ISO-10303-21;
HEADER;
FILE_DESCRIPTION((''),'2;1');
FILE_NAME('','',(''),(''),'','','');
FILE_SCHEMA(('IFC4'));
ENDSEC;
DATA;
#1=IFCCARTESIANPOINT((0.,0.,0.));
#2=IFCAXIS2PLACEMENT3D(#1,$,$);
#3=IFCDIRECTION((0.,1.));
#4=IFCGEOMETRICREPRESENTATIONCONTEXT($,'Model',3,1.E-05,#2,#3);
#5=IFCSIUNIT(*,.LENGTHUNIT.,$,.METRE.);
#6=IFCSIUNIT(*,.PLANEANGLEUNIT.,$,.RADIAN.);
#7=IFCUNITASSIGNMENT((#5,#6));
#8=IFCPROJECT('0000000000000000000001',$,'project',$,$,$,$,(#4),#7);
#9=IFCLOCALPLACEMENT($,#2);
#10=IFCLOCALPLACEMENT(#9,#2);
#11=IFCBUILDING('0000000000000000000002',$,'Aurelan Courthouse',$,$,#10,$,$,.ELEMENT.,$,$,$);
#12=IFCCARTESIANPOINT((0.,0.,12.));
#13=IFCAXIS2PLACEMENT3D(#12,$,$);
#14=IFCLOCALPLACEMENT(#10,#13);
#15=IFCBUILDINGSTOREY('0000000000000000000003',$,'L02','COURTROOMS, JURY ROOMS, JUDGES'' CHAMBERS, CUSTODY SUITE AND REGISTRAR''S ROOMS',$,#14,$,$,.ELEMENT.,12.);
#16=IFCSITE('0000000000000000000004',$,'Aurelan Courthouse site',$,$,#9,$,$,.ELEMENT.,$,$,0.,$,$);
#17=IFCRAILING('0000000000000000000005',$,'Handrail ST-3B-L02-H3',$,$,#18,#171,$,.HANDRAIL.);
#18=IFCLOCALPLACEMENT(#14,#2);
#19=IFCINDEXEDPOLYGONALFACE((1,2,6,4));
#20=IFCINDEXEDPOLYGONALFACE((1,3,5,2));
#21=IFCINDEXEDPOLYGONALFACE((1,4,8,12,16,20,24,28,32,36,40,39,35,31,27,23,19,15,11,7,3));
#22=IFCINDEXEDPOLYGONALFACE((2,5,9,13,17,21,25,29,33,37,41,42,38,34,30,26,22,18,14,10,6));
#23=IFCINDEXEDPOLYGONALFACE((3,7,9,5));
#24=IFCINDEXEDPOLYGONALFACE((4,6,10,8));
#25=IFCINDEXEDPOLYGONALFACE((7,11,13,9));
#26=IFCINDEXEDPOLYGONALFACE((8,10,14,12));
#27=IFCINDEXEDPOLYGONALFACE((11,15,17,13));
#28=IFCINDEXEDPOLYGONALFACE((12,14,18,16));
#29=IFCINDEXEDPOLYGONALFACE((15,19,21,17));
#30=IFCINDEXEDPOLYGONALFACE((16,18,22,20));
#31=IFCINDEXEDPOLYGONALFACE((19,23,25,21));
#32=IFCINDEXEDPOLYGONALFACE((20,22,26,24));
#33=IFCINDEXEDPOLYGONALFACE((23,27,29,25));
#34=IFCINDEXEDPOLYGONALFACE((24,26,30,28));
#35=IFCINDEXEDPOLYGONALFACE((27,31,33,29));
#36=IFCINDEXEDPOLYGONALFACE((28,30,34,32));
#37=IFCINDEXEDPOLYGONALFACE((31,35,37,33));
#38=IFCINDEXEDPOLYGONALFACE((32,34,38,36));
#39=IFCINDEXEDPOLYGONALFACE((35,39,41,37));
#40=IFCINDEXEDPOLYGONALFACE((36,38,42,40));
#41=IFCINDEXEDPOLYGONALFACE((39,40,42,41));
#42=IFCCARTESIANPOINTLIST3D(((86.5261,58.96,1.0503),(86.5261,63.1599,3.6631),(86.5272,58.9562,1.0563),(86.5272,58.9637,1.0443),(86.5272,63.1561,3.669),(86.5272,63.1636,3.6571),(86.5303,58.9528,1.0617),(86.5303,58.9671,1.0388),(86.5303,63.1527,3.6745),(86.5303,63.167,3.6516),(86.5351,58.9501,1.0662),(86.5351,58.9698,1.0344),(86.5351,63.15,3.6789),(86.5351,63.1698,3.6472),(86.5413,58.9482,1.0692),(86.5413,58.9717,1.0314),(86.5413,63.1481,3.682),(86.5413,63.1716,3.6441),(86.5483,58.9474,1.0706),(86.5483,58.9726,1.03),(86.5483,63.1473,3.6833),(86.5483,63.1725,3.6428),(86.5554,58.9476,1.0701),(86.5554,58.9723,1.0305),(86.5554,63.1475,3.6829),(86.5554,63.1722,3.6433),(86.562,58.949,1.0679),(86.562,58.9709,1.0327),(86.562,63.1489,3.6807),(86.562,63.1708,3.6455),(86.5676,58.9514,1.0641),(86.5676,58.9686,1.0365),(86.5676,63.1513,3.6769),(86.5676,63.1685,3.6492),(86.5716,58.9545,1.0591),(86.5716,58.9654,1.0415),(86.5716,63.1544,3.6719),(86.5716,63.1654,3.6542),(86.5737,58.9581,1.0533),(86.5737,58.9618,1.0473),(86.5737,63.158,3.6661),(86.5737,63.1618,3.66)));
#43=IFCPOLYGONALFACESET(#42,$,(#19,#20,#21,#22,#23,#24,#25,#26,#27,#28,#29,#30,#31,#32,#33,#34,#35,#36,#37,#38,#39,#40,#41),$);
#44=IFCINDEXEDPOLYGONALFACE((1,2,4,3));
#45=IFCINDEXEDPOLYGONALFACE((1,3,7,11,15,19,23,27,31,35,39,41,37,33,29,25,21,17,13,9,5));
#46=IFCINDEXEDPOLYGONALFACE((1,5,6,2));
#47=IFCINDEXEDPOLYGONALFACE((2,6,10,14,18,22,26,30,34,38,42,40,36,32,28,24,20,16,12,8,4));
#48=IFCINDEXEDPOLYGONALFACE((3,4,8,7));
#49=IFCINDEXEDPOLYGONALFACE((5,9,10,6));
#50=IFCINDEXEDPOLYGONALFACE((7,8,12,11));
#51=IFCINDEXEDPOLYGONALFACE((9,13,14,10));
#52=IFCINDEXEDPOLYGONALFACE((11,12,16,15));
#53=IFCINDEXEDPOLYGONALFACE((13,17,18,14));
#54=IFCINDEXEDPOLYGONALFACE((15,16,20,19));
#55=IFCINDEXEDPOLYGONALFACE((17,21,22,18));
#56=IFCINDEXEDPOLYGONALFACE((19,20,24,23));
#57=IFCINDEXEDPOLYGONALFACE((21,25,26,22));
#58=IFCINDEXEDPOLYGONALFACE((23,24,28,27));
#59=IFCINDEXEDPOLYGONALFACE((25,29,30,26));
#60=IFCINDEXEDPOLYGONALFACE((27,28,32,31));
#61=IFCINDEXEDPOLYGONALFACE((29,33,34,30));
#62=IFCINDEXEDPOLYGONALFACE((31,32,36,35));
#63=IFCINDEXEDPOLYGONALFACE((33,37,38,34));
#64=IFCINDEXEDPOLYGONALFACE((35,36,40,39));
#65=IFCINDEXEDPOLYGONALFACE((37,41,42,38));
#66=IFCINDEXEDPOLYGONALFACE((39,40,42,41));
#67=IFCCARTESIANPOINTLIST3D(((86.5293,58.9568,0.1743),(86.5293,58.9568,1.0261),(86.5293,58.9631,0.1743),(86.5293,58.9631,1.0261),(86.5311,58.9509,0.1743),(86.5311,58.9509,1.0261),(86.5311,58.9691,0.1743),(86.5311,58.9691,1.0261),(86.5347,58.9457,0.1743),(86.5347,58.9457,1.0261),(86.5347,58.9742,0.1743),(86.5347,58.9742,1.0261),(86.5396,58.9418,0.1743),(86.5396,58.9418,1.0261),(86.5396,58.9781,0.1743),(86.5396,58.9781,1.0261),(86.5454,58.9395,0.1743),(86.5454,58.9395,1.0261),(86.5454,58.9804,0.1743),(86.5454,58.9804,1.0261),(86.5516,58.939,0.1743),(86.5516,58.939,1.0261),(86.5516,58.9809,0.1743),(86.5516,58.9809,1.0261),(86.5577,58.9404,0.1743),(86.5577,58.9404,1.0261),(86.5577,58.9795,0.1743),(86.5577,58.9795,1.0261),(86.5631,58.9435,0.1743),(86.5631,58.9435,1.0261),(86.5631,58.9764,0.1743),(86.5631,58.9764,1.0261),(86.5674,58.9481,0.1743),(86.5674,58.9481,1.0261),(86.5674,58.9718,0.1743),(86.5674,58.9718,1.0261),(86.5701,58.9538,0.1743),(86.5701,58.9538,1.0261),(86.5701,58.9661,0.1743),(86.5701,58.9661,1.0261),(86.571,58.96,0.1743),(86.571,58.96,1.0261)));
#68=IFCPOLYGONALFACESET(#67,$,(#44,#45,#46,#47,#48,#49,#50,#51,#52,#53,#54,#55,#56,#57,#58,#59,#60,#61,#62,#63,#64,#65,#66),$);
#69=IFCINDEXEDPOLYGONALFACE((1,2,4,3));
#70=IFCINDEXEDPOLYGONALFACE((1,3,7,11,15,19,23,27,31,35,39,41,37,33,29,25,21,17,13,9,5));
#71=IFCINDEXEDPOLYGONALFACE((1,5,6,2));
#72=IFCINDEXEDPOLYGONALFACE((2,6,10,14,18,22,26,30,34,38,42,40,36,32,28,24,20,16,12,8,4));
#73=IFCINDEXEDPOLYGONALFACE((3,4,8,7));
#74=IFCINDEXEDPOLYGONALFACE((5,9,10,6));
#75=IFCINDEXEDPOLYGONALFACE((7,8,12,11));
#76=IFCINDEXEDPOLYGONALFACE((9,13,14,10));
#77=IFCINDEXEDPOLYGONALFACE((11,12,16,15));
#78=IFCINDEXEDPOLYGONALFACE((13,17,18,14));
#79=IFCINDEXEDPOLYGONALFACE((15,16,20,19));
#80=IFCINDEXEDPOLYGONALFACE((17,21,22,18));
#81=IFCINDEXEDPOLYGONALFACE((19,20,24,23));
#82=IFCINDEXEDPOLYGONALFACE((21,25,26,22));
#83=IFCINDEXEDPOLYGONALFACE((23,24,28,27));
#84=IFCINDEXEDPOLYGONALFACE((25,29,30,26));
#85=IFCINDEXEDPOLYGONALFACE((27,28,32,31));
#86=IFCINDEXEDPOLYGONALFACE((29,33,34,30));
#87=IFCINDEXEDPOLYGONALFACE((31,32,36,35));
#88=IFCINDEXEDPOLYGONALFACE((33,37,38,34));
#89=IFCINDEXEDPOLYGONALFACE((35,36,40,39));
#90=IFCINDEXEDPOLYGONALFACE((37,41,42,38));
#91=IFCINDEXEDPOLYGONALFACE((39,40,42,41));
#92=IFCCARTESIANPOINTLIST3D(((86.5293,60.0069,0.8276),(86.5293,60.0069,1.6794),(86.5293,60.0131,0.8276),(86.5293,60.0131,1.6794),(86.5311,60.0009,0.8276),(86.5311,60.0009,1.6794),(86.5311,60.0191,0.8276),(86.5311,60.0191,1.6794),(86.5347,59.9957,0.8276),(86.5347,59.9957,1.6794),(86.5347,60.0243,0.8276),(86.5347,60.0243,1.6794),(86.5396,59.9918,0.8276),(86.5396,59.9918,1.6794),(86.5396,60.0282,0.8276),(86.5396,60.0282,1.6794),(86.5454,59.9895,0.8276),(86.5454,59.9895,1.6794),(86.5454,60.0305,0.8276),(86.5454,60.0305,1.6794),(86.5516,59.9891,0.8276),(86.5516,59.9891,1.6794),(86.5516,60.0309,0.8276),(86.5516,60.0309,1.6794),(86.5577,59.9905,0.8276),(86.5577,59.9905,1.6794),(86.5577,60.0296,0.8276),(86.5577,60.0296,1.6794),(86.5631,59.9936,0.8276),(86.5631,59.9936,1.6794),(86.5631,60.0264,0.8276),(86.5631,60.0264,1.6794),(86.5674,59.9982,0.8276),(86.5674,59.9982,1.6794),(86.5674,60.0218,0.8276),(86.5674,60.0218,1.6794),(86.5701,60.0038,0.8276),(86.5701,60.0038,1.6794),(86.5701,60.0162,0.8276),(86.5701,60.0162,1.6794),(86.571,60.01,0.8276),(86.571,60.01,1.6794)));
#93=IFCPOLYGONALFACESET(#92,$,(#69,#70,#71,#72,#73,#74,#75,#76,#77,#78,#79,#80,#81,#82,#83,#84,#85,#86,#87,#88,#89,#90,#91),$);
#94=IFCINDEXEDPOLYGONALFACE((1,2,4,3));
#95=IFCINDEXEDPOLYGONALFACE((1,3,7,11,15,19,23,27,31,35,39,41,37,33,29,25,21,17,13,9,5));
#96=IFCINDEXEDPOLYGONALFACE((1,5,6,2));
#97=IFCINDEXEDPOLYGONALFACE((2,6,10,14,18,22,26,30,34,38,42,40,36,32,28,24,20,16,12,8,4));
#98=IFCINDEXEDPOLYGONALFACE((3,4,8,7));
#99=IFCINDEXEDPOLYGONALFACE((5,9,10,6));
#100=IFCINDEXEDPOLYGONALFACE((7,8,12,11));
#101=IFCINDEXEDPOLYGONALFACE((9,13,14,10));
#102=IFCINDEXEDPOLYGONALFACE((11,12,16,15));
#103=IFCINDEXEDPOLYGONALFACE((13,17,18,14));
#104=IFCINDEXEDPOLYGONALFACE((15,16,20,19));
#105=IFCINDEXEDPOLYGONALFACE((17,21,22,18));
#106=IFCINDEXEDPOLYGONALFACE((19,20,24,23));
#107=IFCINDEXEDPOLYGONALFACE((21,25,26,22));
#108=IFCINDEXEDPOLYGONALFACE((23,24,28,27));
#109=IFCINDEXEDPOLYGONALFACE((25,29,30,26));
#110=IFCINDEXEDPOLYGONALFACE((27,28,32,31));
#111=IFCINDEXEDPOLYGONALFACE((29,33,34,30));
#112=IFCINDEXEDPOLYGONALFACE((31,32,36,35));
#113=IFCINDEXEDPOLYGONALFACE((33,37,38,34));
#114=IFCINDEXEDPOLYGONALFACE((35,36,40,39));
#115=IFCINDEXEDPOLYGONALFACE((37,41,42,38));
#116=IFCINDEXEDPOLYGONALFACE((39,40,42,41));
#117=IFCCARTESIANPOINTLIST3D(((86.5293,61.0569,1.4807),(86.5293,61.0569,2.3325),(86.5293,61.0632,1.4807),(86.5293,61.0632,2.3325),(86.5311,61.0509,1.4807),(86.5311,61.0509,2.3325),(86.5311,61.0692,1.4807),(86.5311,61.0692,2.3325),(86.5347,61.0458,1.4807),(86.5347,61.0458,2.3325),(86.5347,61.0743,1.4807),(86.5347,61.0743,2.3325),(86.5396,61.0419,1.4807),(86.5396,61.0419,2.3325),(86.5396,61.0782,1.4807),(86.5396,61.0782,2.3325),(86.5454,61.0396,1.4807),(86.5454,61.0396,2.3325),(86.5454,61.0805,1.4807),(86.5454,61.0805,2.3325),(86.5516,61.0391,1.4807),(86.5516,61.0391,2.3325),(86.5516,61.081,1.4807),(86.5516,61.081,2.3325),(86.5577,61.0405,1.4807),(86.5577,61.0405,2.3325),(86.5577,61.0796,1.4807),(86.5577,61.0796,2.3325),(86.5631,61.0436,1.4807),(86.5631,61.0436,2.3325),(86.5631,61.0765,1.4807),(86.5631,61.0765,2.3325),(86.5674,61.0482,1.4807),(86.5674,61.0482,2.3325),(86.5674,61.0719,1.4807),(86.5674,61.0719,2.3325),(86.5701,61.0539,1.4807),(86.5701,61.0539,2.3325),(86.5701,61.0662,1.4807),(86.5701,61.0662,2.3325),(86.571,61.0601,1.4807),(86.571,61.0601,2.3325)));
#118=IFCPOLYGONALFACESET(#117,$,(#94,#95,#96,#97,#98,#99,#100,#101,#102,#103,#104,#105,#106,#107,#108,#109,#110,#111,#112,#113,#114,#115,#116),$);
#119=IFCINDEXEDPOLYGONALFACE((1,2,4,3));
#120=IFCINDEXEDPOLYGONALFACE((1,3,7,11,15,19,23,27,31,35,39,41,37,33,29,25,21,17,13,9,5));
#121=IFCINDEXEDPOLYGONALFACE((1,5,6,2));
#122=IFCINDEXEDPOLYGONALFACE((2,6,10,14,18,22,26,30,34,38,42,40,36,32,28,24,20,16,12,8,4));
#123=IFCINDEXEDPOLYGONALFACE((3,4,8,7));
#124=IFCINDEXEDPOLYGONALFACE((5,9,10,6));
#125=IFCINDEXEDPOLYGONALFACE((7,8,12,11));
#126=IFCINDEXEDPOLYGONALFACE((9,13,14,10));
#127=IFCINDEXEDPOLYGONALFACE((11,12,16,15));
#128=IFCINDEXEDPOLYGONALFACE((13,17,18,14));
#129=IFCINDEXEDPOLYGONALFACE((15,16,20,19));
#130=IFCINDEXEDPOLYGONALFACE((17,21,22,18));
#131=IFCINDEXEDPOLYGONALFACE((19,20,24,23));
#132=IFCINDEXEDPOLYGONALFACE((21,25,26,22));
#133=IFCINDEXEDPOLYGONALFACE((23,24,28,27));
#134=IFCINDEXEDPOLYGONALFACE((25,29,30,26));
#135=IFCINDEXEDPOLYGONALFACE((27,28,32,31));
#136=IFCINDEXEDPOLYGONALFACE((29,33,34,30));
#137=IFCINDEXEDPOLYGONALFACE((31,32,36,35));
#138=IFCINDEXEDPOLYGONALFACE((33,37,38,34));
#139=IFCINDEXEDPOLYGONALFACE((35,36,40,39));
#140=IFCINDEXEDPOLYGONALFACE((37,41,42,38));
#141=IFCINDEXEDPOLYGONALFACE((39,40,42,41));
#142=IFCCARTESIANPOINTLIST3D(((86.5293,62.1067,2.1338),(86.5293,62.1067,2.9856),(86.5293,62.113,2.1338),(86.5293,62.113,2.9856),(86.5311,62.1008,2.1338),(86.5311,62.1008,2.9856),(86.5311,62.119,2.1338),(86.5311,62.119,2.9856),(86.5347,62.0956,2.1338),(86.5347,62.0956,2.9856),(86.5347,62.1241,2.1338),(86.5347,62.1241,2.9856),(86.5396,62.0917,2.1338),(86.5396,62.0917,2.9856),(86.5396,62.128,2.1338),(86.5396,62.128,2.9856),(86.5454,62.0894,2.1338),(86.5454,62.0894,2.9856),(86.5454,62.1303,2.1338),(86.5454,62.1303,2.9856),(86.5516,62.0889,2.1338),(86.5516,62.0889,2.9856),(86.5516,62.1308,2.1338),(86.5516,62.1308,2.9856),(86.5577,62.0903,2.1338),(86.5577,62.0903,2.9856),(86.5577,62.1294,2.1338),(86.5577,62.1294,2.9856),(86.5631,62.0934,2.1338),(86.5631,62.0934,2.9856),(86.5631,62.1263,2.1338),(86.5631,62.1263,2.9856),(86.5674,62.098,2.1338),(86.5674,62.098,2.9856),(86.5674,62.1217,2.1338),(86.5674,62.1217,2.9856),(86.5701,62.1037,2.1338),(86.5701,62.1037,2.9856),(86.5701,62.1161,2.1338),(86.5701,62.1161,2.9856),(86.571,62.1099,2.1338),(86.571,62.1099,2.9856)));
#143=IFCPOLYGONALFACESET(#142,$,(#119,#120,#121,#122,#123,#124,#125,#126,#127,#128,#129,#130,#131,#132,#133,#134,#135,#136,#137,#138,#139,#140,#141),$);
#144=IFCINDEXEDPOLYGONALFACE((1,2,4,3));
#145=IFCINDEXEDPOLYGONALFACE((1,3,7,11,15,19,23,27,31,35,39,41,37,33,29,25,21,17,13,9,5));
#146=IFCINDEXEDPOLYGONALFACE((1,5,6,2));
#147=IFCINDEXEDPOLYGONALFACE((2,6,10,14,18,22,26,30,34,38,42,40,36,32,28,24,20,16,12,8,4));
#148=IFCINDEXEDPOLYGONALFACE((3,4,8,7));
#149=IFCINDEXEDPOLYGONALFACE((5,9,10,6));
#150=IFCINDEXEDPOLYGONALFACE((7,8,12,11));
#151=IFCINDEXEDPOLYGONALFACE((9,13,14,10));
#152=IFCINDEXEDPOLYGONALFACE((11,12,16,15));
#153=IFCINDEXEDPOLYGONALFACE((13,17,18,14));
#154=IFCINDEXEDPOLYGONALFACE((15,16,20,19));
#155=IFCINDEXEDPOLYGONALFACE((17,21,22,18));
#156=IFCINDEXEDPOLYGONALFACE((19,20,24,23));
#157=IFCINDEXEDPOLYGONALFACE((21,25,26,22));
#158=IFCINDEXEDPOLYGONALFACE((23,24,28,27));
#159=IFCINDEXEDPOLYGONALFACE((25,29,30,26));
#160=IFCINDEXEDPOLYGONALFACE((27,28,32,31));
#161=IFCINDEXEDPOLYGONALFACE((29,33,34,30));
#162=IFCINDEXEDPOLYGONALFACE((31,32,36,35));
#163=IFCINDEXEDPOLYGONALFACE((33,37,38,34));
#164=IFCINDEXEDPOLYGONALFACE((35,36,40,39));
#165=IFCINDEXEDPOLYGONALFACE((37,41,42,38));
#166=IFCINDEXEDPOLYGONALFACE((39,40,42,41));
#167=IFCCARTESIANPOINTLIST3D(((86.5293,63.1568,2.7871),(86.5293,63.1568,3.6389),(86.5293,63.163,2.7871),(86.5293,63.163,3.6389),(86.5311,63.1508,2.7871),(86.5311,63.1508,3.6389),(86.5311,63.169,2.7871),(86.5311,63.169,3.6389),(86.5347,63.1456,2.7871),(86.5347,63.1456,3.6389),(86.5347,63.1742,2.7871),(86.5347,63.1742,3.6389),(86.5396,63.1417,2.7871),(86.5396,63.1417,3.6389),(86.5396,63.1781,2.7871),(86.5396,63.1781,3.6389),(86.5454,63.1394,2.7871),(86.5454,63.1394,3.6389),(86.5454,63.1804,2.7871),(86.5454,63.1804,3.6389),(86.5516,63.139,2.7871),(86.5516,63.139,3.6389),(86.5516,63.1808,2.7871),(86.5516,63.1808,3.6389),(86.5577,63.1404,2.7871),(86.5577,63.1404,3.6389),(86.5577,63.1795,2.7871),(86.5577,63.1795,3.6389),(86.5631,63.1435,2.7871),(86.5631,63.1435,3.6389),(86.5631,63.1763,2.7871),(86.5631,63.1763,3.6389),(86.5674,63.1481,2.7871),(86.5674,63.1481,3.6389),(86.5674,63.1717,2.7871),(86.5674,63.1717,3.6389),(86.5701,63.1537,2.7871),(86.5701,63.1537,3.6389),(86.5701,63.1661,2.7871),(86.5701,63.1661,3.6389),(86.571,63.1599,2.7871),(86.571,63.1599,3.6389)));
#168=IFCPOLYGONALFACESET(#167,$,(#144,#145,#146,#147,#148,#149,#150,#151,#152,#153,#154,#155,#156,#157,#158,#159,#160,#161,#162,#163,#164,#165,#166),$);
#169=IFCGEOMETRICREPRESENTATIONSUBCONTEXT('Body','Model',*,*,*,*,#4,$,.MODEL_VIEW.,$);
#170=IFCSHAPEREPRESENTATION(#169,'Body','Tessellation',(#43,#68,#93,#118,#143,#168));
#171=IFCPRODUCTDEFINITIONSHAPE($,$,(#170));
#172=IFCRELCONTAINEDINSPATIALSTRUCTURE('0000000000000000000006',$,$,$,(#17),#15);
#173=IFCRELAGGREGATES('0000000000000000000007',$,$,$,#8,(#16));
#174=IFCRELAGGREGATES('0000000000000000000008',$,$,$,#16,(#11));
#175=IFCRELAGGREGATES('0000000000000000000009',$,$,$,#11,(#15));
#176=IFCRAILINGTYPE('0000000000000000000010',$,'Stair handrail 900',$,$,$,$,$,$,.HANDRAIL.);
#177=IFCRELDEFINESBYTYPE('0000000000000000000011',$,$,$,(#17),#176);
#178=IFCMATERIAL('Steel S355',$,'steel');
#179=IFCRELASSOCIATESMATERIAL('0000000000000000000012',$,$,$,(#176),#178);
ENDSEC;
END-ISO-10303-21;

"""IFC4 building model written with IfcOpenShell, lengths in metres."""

from ifc_helpers import new_model, si_unit, direction, frame, origin, origin_2d, place, context, subcontext, project, spatial, circle, extrude, material, type_object, element, save


model = new_model("IFC4")

# Units and contexts
model_context = context("Model", 3, precision=1e-05, world=origin(), true_north=direction((0.0, 1.0)))
body_context = subcontext(model_context, "Body", "Model", "MODEL_VIEW")
ifc_project = project(units=[si_unit("LENGTHUNIT", "METRE"), si_unit("PLANEANGLEUNIT", "RADIAN")], contexts=[model_context])

# Site, building, storey
site_placement = place(None, origin())
site = spatial("IfcSite", under=ifc_project, at=site_placement, Name="Aurelan Courthouse site", CompositionType="ELEMENT", RefElevation=0.0)
building_placement = place(site_placement, origin())
building = spatial("IfcBuilding", under=site, at=building_placement, Name="Aurelan Courthouse", CompositionType="ELEMENT")
storey_placement = place(building_placement, frame((0.0, 0.0, 12.0)))
storey = spatial("IfcBuildingStorey", under=building, at=storey_placement, Name="L02", Description="COURTROOMS, JURY ROOMS, JUDGES' CHAMBERS, CUSTODY SUITE AND REGISTRAR'S ROOMS", CompositionType="ELEMENT", Elevation=12.0)

# Railing
ifc_material_1 = material(Name="Steel S355", Category="steel")
railing_type_1 = type_object("IfcRailingType", Name="Stair handrail 900", PredefinedType="HANDRAIL", material=ifc_material_1)
for number, where, name in (
    (1, (86.55, 58.96, 0.1743), "Handrail ST-3B-L02-H3"),
):
    element("IfcRailing", number, at=place(storey_placement, frame(where)), inside=storey, type_object=railing_type_1, Name=name, PredefinedType="HANDRAIL", context=body_context, shape_type="SweptSolid", body=[
        extrude(circle(Radius=0.0239, at=origin_2d()), frame((0.0, 0.0, 0.876), z_axis=(0.0, 0.849103, 0.528228), x_axis=(-1.0, 0.0, 0.0)), (0.0, 0.0, 1.0), 4.9463),
        extrude(circle(Radius=0.021, at=origin_2d()), origin(), (0.0, 0.0, 1.0), 0.8518),
        extrude(circle(Radius=0.021, at=origin_2d()), frame((0.0, 1.05, 0.6533)), (0.0, 0.0, 1.0), 0.8518),
        extrude(circle(Radius=0.021, at=origin_2d()), frame((0.0, 2.1001, 1.3064)), (0.0, 0.0, 1.0), 0.8518),
        extrude(circle(Radius=0.021, at=origin_2d()), frame((0.0, 3.1499, 1.9595)), (0.0, 0.0, 1.0), 0.8518),
        extrude(circle(Radius=0.021, at=origin_2d()), frame((0.0, 4.2, 2.6128)), (0.0, 0.0, 1.0), 0.8518),
    ])

save(model, "model.ifc")
